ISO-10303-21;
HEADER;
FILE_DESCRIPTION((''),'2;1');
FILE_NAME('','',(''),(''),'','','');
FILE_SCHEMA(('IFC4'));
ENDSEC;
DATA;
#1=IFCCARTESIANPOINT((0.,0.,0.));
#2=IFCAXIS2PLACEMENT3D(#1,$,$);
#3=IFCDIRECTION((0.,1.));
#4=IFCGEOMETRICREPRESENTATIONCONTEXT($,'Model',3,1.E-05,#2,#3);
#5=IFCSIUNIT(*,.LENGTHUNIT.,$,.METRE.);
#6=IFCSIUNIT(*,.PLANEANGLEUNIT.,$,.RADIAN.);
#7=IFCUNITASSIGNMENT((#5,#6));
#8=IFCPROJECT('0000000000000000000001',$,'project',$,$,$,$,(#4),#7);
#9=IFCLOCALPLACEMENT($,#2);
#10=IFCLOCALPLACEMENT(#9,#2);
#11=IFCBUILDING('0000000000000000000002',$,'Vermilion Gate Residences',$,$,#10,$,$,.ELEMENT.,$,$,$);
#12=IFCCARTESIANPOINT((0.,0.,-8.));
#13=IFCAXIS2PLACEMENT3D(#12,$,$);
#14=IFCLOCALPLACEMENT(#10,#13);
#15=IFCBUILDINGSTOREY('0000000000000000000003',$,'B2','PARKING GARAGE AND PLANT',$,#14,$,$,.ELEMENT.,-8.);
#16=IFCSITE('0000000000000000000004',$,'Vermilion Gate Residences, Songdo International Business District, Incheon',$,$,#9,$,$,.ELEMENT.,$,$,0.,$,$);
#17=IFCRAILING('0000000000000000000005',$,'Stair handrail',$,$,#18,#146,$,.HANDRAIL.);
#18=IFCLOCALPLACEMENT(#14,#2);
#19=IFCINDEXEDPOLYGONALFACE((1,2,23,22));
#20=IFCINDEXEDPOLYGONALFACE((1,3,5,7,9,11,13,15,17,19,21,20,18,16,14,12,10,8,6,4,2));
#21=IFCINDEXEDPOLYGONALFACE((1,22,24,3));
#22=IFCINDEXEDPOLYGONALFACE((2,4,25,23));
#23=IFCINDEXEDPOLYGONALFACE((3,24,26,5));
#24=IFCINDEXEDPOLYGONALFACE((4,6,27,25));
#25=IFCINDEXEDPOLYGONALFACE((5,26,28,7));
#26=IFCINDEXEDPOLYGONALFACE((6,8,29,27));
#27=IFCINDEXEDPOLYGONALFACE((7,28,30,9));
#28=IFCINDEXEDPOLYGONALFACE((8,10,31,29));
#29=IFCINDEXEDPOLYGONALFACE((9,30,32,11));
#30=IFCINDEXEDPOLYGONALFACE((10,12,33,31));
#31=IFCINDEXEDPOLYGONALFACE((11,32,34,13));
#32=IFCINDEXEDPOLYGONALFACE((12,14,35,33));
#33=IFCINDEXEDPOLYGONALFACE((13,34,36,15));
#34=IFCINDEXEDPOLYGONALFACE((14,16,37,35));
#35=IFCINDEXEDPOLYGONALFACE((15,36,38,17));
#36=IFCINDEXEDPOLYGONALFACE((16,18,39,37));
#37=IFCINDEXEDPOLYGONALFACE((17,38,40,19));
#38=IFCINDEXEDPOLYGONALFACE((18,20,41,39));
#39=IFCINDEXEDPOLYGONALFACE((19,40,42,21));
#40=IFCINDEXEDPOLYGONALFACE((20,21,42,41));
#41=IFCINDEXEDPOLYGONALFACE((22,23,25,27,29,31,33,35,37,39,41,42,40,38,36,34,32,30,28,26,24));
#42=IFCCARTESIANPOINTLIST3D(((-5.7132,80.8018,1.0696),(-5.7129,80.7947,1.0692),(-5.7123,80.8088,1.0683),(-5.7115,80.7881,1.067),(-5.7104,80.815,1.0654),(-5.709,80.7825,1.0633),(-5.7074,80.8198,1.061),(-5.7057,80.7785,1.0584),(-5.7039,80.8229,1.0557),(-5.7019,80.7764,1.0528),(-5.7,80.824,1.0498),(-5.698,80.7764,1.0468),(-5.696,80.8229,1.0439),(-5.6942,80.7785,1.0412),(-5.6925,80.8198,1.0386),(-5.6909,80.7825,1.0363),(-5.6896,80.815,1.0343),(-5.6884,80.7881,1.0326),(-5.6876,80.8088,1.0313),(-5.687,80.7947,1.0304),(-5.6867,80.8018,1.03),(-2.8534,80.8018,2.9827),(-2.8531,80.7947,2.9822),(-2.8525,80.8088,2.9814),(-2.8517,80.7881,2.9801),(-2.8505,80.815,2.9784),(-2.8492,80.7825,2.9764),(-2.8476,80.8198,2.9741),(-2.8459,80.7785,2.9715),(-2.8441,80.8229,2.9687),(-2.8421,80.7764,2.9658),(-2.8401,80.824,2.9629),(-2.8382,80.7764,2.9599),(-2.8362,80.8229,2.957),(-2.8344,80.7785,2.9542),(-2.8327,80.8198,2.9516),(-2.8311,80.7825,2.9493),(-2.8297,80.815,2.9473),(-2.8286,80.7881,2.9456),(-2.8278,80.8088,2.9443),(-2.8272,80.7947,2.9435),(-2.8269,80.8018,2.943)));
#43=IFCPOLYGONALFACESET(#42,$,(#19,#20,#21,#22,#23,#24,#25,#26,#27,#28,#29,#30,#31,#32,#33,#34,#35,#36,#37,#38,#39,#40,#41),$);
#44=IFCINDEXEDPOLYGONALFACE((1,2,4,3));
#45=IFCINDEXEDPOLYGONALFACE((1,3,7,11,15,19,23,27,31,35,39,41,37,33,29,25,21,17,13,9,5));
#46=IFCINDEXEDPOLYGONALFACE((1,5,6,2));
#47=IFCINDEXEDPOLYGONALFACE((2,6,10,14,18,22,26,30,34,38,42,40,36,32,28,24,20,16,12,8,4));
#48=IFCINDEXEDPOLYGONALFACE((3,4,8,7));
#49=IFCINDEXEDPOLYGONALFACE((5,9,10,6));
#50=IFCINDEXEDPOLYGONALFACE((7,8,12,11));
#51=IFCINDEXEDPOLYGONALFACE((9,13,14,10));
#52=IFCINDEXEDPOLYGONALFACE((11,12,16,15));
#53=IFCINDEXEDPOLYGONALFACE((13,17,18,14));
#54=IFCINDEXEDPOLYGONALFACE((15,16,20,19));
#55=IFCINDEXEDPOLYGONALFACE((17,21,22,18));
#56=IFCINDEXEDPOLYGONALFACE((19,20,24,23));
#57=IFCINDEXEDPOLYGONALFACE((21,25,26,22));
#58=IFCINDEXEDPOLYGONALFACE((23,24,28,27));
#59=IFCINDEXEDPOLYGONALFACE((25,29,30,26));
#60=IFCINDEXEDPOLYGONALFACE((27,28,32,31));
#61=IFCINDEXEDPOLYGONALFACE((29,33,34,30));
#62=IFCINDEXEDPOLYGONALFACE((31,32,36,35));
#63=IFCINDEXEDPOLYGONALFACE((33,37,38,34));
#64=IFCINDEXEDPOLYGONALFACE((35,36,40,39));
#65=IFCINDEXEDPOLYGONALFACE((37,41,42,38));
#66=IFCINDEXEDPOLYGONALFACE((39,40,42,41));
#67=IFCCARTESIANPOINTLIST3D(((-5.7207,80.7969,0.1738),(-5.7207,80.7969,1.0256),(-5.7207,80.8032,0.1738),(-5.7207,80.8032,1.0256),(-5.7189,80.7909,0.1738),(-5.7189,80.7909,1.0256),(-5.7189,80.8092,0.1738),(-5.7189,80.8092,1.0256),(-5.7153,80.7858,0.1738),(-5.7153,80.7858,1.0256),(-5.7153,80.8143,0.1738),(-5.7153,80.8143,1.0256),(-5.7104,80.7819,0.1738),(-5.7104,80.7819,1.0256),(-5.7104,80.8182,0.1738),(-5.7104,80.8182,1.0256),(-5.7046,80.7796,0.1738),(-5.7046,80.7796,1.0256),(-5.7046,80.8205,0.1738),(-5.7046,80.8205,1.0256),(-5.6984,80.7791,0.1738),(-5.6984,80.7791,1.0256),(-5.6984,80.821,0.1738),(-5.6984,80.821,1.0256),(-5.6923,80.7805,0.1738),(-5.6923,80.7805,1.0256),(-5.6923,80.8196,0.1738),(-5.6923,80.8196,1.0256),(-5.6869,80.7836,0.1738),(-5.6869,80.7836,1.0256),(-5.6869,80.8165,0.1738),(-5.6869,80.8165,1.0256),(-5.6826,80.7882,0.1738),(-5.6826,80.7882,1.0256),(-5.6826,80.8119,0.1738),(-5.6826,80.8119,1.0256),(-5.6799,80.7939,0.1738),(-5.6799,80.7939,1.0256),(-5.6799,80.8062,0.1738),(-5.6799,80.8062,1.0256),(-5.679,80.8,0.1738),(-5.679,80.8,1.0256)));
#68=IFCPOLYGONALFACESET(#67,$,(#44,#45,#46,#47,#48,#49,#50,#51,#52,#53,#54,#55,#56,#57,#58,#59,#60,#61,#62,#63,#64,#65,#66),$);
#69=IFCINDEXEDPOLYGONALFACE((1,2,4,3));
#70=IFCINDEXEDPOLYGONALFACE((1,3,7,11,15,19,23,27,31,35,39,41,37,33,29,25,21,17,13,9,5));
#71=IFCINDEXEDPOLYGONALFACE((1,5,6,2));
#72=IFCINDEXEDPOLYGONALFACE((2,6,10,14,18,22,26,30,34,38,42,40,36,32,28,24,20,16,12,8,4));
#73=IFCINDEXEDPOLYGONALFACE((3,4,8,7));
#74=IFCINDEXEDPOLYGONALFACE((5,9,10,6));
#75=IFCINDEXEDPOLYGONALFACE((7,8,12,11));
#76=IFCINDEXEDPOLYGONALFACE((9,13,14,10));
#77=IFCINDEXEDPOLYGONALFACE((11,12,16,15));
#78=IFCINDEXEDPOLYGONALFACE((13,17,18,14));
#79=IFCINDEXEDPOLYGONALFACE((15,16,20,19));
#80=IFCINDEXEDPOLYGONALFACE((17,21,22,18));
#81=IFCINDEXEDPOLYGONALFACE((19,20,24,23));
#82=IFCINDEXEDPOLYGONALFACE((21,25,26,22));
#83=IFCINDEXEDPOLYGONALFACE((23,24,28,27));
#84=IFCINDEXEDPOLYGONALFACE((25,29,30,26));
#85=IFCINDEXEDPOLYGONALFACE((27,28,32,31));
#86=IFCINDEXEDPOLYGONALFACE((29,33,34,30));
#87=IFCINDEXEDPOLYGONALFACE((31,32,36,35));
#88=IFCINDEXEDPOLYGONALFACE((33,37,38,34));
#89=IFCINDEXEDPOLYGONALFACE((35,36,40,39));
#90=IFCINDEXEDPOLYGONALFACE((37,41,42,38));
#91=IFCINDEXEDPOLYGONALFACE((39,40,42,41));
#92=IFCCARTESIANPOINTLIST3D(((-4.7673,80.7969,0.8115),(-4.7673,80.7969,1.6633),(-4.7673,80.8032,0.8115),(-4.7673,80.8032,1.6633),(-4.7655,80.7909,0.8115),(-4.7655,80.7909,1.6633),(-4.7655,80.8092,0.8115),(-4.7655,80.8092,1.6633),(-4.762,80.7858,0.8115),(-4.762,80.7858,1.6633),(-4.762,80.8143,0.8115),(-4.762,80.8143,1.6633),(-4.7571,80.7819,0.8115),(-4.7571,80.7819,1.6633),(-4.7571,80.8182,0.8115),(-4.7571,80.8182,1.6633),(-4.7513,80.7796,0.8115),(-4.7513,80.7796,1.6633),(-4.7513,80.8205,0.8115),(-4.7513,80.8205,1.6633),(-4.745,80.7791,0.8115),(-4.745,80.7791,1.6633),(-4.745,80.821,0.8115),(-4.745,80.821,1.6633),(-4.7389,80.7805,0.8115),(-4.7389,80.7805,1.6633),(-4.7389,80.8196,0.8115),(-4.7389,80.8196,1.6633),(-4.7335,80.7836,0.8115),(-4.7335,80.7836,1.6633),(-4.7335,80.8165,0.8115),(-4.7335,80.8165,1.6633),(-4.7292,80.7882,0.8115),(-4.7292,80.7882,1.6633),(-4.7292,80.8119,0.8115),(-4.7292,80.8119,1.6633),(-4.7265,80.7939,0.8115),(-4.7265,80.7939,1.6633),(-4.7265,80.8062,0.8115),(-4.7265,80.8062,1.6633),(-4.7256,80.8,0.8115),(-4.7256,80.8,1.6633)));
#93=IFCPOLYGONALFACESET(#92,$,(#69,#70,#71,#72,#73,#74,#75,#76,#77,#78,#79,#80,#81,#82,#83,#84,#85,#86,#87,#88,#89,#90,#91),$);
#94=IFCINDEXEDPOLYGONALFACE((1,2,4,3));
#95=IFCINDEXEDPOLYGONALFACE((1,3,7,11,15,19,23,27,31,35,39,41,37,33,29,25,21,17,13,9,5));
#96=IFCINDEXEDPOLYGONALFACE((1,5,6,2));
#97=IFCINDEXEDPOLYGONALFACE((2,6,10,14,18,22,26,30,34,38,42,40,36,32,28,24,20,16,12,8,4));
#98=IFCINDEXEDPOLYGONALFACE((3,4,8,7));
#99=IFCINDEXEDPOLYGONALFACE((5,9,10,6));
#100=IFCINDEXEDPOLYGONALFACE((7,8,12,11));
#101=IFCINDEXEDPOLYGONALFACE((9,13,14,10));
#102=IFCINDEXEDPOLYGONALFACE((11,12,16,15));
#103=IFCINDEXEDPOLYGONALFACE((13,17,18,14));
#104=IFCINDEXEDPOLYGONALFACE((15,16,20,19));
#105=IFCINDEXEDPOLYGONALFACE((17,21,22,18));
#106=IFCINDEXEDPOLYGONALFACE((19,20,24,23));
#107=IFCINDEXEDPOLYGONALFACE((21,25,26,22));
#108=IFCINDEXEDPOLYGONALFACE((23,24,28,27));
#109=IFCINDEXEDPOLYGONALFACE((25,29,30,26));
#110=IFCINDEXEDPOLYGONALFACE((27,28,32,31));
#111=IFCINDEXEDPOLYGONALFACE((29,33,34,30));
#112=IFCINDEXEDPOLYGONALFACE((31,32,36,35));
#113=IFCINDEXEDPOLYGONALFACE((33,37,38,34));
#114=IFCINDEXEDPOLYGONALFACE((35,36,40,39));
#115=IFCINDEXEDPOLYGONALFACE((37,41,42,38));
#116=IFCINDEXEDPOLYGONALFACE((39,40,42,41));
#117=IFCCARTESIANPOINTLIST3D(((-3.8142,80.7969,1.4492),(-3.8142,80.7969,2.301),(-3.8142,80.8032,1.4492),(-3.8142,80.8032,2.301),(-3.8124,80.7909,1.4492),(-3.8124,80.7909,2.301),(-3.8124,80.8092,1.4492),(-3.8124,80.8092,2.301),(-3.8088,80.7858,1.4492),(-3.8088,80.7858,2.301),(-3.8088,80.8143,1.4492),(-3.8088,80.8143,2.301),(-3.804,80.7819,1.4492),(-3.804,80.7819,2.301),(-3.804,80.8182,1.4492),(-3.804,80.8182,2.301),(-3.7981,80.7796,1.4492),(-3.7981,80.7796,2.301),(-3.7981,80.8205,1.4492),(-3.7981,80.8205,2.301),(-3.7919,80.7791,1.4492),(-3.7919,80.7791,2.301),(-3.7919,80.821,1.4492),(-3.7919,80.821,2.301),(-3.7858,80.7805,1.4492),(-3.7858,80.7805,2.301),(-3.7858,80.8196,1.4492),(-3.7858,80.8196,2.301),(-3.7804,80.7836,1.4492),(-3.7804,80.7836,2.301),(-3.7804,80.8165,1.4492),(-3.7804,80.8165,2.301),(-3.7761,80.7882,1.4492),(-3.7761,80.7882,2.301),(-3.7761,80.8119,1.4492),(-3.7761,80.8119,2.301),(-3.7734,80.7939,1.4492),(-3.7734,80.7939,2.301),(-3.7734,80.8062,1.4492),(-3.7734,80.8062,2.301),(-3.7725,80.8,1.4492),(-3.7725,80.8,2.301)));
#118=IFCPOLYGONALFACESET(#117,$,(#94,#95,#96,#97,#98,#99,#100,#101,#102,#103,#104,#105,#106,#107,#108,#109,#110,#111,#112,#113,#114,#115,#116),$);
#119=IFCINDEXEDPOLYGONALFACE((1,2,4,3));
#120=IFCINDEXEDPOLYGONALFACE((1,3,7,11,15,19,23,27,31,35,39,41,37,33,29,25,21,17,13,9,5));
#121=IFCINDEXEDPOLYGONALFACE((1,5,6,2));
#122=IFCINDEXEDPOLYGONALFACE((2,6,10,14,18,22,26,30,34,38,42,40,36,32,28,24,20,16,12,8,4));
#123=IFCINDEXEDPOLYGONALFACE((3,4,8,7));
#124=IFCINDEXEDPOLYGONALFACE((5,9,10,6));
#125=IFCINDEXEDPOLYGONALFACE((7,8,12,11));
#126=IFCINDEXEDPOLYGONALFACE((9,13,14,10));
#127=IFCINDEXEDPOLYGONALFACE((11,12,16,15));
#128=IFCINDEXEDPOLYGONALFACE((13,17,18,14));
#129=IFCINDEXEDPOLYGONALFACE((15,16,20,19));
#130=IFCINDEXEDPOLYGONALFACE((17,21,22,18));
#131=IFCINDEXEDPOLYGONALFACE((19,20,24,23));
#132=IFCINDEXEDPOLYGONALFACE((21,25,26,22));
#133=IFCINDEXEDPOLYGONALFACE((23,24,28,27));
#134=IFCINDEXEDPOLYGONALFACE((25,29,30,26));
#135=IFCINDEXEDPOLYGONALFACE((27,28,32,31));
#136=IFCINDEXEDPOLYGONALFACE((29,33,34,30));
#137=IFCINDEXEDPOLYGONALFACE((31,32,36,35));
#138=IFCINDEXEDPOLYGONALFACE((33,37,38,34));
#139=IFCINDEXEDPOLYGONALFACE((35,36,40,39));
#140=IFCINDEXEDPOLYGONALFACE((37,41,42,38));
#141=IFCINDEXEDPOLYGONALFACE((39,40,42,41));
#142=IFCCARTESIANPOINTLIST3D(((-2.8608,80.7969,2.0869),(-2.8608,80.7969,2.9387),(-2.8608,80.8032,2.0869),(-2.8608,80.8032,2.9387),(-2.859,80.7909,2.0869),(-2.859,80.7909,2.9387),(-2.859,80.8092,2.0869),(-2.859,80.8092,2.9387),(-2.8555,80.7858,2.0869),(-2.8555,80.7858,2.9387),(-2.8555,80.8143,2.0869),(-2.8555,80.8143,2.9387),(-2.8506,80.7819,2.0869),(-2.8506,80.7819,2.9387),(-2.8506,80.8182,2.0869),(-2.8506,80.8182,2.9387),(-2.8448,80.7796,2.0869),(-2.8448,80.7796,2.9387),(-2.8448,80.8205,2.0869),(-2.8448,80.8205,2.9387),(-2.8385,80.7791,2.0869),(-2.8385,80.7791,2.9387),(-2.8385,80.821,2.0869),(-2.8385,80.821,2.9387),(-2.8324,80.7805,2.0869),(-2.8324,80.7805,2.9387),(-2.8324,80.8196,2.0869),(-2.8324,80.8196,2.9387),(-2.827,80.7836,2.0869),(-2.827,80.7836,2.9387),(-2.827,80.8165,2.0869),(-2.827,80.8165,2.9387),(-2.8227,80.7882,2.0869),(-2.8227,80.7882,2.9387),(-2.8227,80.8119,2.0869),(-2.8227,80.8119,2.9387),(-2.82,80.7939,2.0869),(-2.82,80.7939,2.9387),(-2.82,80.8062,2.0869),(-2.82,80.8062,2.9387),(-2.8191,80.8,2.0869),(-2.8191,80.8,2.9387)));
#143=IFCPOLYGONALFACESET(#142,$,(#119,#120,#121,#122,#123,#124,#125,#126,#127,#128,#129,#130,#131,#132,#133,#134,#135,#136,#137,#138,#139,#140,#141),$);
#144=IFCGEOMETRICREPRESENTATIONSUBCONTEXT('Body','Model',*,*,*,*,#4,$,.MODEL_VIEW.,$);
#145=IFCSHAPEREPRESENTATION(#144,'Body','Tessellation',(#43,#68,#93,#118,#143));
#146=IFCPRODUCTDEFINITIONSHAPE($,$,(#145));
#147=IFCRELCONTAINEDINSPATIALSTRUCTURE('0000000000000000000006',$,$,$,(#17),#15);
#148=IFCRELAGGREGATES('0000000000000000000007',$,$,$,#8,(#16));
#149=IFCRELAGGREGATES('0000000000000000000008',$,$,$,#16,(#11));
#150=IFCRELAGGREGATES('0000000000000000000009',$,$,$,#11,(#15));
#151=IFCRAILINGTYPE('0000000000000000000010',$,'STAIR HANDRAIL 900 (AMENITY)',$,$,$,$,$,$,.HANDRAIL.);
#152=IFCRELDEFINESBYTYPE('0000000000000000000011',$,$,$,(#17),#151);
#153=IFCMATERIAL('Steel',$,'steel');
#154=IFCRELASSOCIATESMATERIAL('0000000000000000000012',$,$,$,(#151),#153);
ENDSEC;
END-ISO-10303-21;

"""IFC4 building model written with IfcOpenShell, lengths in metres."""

from ifc_helpers import new_model, si_unit, direction, frame, origin, origin_2d, place, context, subcontext, project, spatial, circle, extrude, material, type_object, element, save


model = new_model("IFC4")

# Units and contexts
model_context = context("Model", 3, precision=1e-05, world=origin(), true_north=direction((0.0, 1.0)))
body_context = subcontext(model_context, "Body", "Model", "MODEL_VIEW")
ifc_project = project(units=[si_unit("LENGTHUNIT", "METRE"), si_unit("PLANEANGLEUNIT", "RADIAN")], contexts=[model_context])

# Site, building, storey
site_placement = place(None, origin())
site = spatial("IfcSite", under=ifc_project, at=site_placement, Name="Vermilion Gate Residences, Songdo International Business District, Incheon", CompositionType="ELEMENT", RefElevation=0.0)
building_placement = place(site_placement, origin())
building = spatial("IfcBuilding", under=site, at=building_placement, Name="Vermilion Gate Residences", CompositionType="ELEMENT")
storey_placement = place(building_placement, frame((0.0, 0.0, -8.0)))
storey = spatial("IfcBuildingStorey", under=building, at=storey_placement, Name="B2", Description="PARKING GARAGE AND PLANT", CompositionType="ELEMENT", Elevation=-8.0)

# Railing
ifc_material_1 = material(Name="Steel", Category="steel")
railing_type = type_object("IfcRailingType", Name="STAIR HANDRAIL 900 (AMENITY)", PredefinedType="HANDRAIL", material=ifc_material_1)
railing_1_placement = place(storey_placement, frame((-5.7, 80.8, 0.1738)))
element("IfcRailing", 1, at=railing_1_placement, inside=storey, type_object=railing_type, Name="Stair handrail", PredefinedType="HANDRAIL", context=body_context, shape_type="SweptSolid", body=[
    extrude(circle(Radius=0.0239, at=origin_2d()), frame((0.0, 0.0, 0.876), z_axis=(0.831176, 0.0, 0.556009), x_axis=(0.0, 1.0, 0.0)), (0.0, 0.0, 1.0), 3.4407),
    extrude(circle(Radius=0.021, at=origin_2d()), origin(), (0.0, 0.0, 1.0), 0.8518),
    extrude(circle(Radius=0.021, at=origin_2d()), frame((0.9534, 0.0, 0.6377)), (0.0, 0.0, 1.0), 0.8518),
    extrude(circle(Radius=0.021, at=origin_2d()), frame((1.9065, 0.0, 1.2754)), (0.0, 0.0, 1.0), 0.8518),
    extrude(circle(Radius=0.021, at=origin_2d()), frame((2.8599, 0.0, 1.9131)), (0.0, 0.0, 1.0), 0.8518),
])

save(model, "model.ifc")
